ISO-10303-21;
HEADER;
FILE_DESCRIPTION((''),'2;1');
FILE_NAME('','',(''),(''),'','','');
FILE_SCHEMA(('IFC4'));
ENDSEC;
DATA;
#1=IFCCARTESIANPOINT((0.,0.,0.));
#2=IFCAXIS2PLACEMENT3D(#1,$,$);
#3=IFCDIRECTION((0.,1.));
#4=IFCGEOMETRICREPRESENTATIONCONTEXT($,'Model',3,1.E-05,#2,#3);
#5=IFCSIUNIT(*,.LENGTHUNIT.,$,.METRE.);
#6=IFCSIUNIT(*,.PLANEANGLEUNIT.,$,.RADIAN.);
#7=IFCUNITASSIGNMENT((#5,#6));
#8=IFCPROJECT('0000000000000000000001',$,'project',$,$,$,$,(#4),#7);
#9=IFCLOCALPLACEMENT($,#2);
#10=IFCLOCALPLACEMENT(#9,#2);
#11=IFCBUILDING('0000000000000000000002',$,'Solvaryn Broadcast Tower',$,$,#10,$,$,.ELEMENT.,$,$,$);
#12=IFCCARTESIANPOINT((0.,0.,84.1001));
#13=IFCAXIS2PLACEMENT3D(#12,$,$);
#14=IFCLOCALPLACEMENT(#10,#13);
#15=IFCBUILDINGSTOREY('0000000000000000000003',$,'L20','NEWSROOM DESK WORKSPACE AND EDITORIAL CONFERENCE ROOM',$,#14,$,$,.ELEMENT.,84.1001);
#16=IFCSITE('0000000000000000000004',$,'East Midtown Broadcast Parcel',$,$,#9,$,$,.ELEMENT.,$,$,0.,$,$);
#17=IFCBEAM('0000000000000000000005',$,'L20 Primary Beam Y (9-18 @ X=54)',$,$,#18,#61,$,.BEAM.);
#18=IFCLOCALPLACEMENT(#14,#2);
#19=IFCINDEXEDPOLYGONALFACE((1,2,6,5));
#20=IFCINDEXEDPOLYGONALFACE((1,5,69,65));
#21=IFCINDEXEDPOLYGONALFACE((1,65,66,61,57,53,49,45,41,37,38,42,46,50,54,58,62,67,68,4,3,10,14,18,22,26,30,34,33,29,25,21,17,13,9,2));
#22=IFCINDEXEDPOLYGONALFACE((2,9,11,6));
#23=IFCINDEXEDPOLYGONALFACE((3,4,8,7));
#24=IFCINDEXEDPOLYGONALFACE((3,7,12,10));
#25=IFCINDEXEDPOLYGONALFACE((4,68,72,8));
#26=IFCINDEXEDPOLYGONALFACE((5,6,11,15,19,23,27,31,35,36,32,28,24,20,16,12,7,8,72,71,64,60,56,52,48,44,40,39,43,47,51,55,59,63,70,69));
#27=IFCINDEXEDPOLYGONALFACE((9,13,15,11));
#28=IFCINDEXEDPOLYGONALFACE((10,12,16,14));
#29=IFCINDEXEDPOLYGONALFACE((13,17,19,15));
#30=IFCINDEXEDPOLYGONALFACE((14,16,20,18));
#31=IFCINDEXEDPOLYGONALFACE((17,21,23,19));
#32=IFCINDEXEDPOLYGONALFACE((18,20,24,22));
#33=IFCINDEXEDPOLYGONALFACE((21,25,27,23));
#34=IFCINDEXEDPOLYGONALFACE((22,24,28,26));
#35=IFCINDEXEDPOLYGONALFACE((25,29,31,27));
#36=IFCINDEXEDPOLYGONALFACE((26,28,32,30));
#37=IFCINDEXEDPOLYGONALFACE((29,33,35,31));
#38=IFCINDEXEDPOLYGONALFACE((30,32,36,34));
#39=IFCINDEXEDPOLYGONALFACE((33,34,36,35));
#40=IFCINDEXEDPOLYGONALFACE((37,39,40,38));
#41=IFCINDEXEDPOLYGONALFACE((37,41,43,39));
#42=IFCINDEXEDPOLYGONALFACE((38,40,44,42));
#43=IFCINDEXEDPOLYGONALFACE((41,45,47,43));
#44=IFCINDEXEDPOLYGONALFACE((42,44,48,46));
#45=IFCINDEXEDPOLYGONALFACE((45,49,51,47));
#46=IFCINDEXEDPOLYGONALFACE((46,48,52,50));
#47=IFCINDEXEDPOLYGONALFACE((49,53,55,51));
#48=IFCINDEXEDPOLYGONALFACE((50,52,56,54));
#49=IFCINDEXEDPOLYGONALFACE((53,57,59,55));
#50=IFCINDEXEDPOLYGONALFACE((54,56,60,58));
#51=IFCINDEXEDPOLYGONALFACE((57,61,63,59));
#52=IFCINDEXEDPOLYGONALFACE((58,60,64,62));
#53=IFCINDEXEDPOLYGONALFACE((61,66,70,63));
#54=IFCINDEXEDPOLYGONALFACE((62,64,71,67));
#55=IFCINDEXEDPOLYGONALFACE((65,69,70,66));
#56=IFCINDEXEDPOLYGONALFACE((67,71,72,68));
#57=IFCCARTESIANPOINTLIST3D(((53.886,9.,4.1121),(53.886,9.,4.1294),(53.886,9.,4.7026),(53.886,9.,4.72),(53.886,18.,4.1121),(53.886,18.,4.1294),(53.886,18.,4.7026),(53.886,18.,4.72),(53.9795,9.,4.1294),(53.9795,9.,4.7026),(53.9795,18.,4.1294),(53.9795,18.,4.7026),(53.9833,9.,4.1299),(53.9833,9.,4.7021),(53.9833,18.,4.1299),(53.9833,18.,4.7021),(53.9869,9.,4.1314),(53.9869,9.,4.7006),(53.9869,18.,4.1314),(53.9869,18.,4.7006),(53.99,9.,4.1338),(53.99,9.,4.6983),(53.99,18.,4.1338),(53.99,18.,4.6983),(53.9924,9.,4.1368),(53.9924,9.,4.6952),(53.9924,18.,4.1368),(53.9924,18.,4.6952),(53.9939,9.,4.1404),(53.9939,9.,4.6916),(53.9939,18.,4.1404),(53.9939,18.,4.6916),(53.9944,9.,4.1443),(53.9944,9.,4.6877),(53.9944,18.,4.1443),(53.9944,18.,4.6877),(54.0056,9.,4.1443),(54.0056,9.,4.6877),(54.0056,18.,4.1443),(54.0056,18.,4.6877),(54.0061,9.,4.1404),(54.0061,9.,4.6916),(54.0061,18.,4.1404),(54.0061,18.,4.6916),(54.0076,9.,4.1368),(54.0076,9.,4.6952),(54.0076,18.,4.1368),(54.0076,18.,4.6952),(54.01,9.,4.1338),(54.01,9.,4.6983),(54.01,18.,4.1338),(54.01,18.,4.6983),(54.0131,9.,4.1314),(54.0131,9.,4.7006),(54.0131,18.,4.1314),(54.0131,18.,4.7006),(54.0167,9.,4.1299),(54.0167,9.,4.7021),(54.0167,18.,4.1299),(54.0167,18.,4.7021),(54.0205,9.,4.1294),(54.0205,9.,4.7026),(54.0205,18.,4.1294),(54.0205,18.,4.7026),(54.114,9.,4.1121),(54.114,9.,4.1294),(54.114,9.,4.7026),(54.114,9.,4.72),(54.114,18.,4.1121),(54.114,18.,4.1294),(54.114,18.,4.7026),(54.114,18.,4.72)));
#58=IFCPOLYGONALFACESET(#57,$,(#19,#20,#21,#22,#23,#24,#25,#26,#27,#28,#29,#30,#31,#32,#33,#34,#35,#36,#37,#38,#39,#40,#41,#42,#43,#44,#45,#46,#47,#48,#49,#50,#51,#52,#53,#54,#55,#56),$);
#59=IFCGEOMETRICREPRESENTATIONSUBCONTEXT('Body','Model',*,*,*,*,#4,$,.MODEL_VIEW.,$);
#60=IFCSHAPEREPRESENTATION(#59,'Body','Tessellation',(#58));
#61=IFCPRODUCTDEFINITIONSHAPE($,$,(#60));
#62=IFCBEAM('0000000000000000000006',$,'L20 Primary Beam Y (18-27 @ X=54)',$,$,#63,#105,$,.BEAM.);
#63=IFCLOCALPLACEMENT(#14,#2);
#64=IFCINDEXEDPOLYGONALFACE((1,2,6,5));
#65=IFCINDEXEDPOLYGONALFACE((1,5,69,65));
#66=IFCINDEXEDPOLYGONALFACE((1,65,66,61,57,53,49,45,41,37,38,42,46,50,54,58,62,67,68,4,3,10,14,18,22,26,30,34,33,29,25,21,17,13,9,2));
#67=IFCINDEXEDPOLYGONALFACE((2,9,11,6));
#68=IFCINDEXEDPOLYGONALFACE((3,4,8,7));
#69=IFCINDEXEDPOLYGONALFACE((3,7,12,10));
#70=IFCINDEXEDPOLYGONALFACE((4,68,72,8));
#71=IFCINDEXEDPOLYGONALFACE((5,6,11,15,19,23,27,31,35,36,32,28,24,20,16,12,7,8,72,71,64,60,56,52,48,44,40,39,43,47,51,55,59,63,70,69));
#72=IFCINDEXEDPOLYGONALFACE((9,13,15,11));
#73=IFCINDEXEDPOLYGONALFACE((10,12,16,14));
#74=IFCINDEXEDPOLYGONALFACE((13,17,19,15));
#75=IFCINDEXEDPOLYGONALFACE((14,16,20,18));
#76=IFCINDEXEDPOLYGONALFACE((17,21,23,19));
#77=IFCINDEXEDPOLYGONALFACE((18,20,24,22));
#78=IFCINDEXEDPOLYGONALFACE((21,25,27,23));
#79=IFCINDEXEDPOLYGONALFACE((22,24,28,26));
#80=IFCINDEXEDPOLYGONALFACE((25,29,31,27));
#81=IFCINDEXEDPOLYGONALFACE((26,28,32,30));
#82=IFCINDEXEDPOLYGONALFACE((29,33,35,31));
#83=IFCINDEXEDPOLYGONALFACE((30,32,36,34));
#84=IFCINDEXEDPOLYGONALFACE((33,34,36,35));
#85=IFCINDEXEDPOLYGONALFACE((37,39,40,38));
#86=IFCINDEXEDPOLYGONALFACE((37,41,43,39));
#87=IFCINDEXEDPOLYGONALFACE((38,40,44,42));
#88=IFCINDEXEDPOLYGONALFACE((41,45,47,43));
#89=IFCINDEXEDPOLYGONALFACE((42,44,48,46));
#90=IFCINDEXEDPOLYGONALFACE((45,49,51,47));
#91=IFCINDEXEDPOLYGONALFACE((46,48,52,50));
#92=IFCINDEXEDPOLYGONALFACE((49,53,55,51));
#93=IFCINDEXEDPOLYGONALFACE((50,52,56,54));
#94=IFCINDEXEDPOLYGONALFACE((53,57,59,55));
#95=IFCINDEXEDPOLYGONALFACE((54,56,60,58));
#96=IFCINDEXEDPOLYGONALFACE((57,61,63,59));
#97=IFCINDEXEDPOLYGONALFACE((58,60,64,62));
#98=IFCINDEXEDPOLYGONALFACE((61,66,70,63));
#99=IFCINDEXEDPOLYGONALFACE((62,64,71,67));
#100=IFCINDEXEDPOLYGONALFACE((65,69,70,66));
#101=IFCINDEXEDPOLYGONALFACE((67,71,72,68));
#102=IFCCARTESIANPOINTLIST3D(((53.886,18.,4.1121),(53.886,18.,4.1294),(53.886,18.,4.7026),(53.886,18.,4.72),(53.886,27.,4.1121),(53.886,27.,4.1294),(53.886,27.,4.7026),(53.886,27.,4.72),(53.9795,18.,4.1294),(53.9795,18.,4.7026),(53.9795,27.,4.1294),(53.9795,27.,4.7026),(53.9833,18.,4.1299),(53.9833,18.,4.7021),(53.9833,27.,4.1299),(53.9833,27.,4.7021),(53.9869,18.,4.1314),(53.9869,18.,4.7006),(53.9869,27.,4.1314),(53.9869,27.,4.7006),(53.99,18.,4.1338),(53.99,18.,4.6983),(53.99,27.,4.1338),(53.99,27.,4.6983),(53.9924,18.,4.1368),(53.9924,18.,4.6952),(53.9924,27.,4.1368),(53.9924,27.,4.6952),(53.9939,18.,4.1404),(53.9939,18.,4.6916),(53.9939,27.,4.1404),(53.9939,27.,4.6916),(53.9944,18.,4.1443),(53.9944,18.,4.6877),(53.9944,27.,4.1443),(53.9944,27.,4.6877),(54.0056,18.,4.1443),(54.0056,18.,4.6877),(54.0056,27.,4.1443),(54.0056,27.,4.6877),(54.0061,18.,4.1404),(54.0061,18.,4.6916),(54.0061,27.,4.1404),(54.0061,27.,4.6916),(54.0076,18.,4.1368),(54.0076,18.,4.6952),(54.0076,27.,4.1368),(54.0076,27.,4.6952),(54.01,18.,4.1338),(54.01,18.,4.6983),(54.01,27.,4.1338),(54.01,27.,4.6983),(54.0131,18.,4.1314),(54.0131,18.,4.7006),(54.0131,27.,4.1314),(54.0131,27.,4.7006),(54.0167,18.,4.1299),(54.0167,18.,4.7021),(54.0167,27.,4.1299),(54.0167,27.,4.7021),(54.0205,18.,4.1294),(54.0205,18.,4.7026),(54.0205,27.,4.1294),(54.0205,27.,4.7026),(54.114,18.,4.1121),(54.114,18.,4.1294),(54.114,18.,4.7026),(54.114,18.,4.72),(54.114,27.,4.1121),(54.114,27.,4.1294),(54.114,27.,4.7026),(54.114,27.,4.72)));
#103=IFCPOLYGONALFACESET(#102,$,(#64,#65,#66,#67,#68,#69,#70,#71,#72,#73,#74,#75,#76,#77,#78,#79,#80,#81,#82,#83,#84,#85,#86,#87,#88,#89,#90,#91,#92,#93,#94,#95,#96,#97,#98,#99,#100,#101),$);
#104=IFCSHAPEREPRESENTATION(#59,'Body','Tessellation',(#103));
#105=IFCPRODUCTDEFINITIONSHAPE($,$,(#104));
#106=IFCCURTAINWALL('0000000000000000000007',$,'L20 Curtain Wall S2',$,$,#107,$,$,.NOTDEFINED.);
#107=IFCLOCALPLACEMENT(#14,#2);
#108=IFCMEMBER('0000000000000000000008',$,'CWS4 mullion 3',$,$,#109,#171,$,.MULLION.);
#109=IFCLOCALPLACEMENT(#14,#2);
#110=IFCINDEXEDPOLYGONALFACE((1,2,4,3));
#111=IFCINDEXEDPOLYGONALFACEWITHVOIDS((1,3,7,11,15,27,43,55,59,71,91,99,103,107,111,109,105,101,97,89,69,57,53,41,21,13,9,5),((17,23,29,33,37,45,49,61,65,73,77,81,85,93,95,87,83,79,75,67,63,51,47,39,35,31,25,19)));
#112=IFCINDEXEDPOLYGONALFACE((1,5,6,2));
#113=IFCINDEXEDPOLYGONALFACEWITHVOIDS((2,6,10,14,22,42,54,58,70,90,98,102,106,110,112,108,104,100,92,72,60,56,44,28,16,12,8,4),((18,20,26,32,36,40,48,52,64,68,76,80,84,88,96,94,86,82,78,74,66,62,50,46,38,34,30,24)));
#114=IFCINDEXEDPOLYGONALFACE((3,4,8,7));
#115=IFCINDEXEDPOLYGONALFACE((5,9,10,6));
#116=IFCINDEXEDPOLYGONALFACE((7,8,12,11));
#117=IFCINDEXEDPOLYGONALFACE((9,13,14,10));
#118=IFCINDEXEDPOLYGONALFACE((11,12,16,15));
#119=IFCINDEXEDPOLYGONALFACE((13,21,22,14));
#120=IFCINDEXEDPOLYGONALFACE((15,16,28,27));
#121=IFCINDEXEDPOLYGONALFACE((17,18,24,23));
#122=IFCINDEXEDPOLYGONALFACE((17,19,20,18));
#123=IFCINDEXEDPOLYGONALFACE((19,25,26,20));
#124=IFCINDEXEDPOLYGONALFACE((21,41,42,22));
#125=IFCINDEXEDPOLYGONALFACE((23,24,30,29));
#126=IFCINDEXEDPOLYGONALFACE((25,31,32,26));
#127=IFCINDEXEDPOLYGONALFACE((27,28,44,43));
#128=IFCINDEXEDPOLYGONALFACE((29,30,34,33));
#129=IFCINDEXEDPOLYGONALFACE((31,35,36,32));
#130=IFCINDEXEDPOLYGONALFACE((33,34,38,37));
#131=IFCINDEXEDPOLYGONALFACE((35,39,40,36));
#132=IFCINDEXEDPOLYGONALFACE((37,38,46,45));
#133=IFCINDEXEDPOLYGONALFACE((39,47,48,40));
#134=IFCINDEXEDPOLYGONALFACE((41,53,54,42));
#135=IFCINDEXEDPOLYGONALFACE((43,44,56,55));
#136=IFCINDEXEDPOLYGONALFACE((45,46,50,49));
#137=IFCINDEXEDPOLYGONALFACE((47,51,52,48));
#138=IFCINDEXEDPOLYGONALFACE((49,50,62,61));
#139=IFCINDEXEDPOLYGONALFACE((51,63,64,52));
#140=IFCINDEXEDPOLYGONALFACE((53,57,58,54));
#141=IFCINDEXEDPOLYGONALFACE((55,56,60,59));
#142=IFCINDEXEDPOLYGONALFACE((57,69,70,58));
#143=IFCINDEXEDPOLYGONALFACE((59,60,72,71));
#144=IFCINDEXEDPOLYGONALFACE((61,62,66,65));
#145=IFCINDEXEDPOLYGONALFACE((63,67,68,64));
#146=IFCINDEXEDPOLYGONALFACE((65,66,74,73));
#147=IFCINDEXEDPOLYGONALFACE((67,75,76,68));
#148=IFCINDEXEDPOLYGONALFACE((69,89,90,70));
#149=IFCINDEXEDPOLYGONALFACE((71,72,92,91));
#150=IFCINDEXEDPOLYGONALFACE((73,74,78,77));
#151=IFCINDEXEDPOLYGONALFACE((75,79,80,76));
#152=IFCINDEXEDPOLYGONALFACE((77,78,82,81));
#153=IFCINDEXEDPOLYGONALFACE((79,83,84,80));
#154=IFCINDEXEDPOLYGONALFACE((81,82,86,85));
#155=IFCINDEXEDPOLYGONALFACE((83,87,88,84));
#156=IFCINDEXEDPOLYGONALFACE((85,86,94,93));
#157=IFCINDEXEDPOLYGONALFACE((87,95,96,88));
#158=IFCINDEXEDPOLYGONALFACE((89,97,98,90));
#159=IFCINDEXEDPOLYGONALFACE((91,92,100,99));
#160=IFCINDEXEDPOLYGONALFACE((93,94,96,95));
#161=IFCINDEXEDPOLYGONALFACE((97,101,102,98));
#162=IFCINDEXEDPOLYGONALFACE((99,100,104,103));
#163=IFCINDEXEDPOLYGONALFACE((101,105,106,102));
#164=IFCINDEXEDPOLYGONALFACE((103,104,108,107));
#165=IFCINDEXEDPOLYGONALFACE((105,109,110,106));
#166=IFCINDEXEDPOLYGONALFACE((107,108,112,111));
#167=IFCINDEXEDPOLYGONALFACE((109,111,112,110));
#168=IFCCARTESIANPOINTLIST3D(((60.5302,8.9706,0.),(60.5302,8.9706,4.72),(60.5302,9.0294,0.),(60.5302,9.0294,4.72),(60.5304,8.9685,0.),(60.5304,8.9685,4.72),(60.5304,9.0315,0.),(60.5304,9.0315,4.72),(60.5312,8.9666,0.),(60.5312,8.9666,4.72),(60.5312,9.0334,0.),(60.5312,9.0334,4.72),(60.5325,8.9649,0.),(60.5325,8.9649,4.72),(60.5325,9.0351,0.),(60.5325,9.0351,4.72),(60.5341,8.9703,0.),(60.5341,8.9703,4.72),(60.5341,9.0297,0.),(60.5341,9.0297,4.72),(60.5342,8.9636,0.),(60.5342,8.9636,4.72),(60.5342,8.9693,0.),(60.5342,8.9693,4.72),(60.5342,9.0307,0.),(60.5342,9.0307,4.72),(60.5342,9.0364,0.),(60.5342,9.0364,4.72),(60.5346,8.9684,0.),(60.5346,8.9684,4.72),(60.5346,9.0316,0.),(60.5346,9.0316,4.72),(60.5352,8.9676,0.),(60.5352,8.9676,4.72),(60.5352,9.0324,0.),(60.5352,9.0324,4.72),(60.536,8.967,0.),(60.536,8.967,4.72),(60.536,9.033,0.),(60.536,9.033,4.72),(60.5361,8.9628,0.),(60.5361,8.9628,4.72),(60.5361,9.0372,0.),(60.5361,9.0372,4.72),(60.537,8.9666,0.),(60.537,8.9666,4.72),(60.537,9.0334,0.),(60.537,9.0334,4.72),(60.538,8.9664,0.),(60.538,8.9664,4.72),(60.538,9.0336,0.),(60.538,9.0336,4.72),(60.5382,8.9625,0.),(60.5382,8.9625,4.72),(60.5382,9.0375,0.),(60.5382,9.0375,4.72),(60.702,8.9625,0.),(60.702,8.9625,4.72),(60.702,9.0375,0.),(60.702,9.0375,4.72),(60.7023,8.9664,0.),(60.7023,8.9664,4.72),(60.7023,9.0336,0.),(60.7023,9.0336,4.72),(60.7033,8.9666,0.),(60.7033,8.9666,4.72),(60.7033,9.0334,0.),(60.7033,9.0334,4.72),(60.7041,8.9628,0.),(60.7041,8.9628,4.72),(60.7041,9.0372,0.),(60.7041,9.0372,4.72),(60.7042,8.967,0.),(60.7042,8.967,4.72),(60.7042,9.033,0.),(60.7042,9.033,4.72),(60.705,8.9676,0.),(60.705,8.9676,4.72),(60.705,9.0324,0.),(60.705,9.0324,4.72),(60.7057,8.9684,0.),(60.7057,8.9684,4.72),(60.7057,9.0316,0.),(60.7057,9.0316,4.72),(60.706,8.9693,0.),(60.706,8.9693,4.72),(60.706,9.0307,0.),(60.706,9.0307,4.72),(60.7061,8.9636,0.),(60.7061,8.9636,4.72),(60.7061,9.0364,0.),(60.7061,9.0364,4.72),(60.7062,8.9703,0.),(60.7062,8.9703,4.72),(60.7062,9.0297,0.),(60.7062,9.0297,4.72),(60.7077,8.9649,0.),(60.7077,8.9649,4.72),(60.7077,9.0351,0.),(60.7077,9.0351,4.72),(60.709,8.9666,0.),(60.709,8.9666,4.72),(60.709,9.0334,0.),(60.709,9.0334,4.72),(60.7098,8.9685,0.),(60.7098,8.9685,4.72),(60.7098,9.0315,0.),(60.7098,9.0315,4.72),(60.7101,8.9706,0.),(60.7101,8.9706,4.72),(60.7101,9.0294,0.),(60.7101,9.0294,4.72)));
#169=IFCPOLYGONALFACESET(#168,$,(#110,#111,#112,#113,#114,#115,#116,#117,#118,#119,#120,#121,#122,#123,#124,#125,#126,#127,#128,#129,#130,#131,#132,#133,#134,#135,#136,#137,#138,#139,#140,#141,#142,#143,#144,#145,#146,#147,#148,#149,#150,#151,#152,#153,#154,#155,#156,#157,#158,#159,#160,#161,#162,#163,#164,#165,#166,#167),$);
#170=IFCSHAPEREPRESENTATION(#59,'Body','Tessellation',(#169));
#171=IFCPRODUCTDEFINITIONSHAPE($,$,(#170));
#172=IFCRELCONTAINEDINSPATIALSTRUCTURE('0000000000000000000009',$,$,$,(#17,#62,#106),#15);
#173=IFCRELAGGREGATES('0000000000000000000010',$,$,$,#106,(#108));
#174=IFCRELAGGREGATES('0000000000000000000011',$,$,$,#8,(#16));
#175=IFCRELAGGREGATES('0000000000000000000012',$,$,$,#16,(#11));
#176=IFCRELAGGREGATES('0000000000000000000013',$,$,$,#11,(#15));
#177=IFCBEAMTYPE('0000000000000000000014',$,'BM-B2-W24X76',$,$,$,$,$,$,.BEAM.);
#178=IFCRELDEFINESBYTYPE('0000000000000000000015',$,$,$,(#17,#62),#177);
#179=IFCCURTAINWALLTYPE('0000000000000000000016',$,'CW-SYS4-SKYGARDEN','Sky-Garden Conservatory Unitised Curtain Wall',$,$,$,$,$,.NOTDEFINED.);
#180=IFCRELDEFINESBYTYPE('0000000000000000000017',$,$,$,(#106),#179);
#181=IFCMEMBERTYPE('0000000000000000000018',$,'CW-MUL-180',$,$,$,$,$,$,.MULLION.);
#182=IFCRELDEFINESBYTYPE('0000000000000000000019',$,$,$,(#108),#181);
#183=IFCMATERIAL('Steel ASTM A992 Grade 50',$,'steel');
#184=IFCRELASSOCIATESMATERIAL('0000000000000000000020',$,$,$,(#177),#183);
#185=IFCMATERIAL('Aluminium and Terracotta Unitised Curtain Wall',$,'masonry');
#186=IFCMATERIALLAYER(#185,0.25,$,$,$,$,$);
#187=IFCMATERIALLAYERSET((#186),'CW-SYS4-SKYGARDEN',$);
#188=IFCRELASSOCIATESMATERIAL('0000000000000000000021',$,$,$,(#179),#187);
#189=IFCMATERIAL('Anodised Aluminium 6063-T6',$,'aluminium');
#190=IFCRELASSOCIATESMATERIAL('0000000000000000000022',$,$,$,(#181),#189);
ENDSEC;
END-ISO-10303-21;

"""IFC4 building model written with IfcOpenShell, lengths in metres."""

from ifc_helpers import new_model, si_unit, direction, frame, origin, origin_2d, place, context, subcontext, project, spatial, hollow_rectangle, i_section, extrude, material, layer, layer_set, material_profile, profile_set, type_object, element, aggregate, save


model = new_model("IFC4")

# Units and contexts
model_context = context("Model", 3, precision=1e-05, world=origin(), true_north=direction((0.0, 1.0)))
body_context = subcontext(model_context, "Body", "Model", "MODEL_VIEW")
ifc_project = project(units=[si_unit("LENGTHUNIT", "METRE"), si_unit("PLANEANGLEUNIT", "RADIAN")], contexts=[model_context])

# Site, building, storey
site_placement = place(None, origin())
site = spatial("IfcSite", under=ifc_project, at=site_placement, Name="East Midtown Broadcast Parcel", CompositionType="ELEMENT", RefElevation=0.0)
building_placement = place(site_placement, origin())
building = spatial("IfcBuilding", under=site, at=building_placement, Name="Solvaryn Broadcast Tower", CompositionType="ELEMENT")
storey_placement = place(building_placement, frame((0.0, 0.0, 84.1001)))
storey = spatial("IfcBuildingStorey", under=building, at=storey_placement, Name="L20", Description="NEWSROOM DESK WORKSPACE AND EDITORIAL CONFERENCE ROOM", CompositionType="ELEMENT", Elevation=84.1001)

# Beams
ifc_material_1 = material(Name="Steel ASTM A992 Grade 50", Category="steel")
ifc_material_profile_1 = material_profile(ifc_material_1, i_section(OverallWidth=0.228, OverallDepth=0.6079, WebThickness=0.0112, FlangeThickness=0.0173, FilletRadius=0.0149, at=origin_2d()))
ifc_profile_set_1 = profile_set([ifc_material_profile_1], Name="Steel ASTM A992 Grade 50")
beam_type_1 = type_object("IfcBeamType", Name="BM-B2-W24X76", PredefinedType="BEAM", material=ifc_profile_set_1)
for number, where, z_axis, x_axis, name in (
    (1, (54.0, 9.0, 4.416), (0.0, 1.0, 0.0), (-1.0, 0.0, 0.0), "L20 Primary Beam Y (9-18 @ X=54)"),
    (2, (54.0, 18.0, 4.416), (0.0, 1.0, 0.0), (-1.0, 0.0, 0.0), "L20 Primary Beam Y (18-27 @ X=54)"),
):
    element("IfcBeam", number, at=place(storey_placement, frame(where, z_axis=z_axis, x_axis=x_axis)), inside=storey, type_object=beam_type_1, Name=name, PredefinedType="BEAM", context=body_context, shape_type="SweptSolid", body=[
        extrude(i_section(OverallWidth=0.228, OverallDepth=0.6079, WebThickness=0.0112, FlangeThickness=0.0173, FilletRadius=0.0149, at=origin_2d()), origin(), (0.0, 0.0, 1.0), 9.0),
    ])

# Curtain wall, member
ifc_material_2 = material(Name="Aluminium and Terracotta Unitised Curtain Wall", Category="masonry")
ifc_layer_1 = layer(ifc_material_2, 0.25)
ifc_layer_set_1 = layer_set([ifc_layer_1], Name="CW-SYS4-SKYGARDEN")
curtain_wall_type = type_object("IfcCurtainWallType", Name="CW-SYS4-SKYGARDEN", Description="Sky-Garden Conservatory Unitised Curtain Wall", PredefinedType="NOTDEFINED", material=ifc_layer_set_1)
curtain_wall_1_placement = place(storey_placement, origin())
curtain_wall_1 = element("IfcCurtainWall", 3, at=curtain_wall_1_placement, inside=storey, type_object=curtain_wall_type, Name="L20 Curtain Wall S2", PredefinedType="NOTDEFINED")
ifc_material_3 = material(Name="Anodised Aluminium 6063-T6", Category="aluminium")
ifc_material_profile_2 = material_profile(ifc_material_3, hollow_rectangle(XDim=0.075, YDim=0.1799, WallThickness=0.0039, InnerFilletRadius=0.0039, OuterFilletRadius=0.0081, at=origin_2d()))
ifc_profile_set_2 = profile_set([ifc_material_profile_2], Name="Anodised Aluminium 6063-T6")
member_type_1 = type_object("IfcMemberType", Name="CW-MUL-180", PredefinedType="MULLION", material=ifc_profile_set_2)
member_1_placement = place(storey_placement, frame((60.6201, 9.0, 0.0), z_axis=(0.0, 0.0, 1.0), x_axis=(0.0, 1.0, 0.0)))
member_1 = element("IfcMember", 4, at=member_1_placement, type_object=member_type_1, Name="CWS4 mullion 3", PredefinedType="MULLION", context=body_context, shape_type="SweptSolid", body=[
    extrude(hollow_rectangle(XDim=0.075, YDim=0.1799, WallThickness=0.0039, InnerFilletRadius=0.0039, OuterFilletRadius=0.0081, at=origin_2d()), origin(), (0.0, 0.0, 1.0), 4.72),
])

aggregate(curtain_wall_1, [member_1])

save(model, "model.ifc")
